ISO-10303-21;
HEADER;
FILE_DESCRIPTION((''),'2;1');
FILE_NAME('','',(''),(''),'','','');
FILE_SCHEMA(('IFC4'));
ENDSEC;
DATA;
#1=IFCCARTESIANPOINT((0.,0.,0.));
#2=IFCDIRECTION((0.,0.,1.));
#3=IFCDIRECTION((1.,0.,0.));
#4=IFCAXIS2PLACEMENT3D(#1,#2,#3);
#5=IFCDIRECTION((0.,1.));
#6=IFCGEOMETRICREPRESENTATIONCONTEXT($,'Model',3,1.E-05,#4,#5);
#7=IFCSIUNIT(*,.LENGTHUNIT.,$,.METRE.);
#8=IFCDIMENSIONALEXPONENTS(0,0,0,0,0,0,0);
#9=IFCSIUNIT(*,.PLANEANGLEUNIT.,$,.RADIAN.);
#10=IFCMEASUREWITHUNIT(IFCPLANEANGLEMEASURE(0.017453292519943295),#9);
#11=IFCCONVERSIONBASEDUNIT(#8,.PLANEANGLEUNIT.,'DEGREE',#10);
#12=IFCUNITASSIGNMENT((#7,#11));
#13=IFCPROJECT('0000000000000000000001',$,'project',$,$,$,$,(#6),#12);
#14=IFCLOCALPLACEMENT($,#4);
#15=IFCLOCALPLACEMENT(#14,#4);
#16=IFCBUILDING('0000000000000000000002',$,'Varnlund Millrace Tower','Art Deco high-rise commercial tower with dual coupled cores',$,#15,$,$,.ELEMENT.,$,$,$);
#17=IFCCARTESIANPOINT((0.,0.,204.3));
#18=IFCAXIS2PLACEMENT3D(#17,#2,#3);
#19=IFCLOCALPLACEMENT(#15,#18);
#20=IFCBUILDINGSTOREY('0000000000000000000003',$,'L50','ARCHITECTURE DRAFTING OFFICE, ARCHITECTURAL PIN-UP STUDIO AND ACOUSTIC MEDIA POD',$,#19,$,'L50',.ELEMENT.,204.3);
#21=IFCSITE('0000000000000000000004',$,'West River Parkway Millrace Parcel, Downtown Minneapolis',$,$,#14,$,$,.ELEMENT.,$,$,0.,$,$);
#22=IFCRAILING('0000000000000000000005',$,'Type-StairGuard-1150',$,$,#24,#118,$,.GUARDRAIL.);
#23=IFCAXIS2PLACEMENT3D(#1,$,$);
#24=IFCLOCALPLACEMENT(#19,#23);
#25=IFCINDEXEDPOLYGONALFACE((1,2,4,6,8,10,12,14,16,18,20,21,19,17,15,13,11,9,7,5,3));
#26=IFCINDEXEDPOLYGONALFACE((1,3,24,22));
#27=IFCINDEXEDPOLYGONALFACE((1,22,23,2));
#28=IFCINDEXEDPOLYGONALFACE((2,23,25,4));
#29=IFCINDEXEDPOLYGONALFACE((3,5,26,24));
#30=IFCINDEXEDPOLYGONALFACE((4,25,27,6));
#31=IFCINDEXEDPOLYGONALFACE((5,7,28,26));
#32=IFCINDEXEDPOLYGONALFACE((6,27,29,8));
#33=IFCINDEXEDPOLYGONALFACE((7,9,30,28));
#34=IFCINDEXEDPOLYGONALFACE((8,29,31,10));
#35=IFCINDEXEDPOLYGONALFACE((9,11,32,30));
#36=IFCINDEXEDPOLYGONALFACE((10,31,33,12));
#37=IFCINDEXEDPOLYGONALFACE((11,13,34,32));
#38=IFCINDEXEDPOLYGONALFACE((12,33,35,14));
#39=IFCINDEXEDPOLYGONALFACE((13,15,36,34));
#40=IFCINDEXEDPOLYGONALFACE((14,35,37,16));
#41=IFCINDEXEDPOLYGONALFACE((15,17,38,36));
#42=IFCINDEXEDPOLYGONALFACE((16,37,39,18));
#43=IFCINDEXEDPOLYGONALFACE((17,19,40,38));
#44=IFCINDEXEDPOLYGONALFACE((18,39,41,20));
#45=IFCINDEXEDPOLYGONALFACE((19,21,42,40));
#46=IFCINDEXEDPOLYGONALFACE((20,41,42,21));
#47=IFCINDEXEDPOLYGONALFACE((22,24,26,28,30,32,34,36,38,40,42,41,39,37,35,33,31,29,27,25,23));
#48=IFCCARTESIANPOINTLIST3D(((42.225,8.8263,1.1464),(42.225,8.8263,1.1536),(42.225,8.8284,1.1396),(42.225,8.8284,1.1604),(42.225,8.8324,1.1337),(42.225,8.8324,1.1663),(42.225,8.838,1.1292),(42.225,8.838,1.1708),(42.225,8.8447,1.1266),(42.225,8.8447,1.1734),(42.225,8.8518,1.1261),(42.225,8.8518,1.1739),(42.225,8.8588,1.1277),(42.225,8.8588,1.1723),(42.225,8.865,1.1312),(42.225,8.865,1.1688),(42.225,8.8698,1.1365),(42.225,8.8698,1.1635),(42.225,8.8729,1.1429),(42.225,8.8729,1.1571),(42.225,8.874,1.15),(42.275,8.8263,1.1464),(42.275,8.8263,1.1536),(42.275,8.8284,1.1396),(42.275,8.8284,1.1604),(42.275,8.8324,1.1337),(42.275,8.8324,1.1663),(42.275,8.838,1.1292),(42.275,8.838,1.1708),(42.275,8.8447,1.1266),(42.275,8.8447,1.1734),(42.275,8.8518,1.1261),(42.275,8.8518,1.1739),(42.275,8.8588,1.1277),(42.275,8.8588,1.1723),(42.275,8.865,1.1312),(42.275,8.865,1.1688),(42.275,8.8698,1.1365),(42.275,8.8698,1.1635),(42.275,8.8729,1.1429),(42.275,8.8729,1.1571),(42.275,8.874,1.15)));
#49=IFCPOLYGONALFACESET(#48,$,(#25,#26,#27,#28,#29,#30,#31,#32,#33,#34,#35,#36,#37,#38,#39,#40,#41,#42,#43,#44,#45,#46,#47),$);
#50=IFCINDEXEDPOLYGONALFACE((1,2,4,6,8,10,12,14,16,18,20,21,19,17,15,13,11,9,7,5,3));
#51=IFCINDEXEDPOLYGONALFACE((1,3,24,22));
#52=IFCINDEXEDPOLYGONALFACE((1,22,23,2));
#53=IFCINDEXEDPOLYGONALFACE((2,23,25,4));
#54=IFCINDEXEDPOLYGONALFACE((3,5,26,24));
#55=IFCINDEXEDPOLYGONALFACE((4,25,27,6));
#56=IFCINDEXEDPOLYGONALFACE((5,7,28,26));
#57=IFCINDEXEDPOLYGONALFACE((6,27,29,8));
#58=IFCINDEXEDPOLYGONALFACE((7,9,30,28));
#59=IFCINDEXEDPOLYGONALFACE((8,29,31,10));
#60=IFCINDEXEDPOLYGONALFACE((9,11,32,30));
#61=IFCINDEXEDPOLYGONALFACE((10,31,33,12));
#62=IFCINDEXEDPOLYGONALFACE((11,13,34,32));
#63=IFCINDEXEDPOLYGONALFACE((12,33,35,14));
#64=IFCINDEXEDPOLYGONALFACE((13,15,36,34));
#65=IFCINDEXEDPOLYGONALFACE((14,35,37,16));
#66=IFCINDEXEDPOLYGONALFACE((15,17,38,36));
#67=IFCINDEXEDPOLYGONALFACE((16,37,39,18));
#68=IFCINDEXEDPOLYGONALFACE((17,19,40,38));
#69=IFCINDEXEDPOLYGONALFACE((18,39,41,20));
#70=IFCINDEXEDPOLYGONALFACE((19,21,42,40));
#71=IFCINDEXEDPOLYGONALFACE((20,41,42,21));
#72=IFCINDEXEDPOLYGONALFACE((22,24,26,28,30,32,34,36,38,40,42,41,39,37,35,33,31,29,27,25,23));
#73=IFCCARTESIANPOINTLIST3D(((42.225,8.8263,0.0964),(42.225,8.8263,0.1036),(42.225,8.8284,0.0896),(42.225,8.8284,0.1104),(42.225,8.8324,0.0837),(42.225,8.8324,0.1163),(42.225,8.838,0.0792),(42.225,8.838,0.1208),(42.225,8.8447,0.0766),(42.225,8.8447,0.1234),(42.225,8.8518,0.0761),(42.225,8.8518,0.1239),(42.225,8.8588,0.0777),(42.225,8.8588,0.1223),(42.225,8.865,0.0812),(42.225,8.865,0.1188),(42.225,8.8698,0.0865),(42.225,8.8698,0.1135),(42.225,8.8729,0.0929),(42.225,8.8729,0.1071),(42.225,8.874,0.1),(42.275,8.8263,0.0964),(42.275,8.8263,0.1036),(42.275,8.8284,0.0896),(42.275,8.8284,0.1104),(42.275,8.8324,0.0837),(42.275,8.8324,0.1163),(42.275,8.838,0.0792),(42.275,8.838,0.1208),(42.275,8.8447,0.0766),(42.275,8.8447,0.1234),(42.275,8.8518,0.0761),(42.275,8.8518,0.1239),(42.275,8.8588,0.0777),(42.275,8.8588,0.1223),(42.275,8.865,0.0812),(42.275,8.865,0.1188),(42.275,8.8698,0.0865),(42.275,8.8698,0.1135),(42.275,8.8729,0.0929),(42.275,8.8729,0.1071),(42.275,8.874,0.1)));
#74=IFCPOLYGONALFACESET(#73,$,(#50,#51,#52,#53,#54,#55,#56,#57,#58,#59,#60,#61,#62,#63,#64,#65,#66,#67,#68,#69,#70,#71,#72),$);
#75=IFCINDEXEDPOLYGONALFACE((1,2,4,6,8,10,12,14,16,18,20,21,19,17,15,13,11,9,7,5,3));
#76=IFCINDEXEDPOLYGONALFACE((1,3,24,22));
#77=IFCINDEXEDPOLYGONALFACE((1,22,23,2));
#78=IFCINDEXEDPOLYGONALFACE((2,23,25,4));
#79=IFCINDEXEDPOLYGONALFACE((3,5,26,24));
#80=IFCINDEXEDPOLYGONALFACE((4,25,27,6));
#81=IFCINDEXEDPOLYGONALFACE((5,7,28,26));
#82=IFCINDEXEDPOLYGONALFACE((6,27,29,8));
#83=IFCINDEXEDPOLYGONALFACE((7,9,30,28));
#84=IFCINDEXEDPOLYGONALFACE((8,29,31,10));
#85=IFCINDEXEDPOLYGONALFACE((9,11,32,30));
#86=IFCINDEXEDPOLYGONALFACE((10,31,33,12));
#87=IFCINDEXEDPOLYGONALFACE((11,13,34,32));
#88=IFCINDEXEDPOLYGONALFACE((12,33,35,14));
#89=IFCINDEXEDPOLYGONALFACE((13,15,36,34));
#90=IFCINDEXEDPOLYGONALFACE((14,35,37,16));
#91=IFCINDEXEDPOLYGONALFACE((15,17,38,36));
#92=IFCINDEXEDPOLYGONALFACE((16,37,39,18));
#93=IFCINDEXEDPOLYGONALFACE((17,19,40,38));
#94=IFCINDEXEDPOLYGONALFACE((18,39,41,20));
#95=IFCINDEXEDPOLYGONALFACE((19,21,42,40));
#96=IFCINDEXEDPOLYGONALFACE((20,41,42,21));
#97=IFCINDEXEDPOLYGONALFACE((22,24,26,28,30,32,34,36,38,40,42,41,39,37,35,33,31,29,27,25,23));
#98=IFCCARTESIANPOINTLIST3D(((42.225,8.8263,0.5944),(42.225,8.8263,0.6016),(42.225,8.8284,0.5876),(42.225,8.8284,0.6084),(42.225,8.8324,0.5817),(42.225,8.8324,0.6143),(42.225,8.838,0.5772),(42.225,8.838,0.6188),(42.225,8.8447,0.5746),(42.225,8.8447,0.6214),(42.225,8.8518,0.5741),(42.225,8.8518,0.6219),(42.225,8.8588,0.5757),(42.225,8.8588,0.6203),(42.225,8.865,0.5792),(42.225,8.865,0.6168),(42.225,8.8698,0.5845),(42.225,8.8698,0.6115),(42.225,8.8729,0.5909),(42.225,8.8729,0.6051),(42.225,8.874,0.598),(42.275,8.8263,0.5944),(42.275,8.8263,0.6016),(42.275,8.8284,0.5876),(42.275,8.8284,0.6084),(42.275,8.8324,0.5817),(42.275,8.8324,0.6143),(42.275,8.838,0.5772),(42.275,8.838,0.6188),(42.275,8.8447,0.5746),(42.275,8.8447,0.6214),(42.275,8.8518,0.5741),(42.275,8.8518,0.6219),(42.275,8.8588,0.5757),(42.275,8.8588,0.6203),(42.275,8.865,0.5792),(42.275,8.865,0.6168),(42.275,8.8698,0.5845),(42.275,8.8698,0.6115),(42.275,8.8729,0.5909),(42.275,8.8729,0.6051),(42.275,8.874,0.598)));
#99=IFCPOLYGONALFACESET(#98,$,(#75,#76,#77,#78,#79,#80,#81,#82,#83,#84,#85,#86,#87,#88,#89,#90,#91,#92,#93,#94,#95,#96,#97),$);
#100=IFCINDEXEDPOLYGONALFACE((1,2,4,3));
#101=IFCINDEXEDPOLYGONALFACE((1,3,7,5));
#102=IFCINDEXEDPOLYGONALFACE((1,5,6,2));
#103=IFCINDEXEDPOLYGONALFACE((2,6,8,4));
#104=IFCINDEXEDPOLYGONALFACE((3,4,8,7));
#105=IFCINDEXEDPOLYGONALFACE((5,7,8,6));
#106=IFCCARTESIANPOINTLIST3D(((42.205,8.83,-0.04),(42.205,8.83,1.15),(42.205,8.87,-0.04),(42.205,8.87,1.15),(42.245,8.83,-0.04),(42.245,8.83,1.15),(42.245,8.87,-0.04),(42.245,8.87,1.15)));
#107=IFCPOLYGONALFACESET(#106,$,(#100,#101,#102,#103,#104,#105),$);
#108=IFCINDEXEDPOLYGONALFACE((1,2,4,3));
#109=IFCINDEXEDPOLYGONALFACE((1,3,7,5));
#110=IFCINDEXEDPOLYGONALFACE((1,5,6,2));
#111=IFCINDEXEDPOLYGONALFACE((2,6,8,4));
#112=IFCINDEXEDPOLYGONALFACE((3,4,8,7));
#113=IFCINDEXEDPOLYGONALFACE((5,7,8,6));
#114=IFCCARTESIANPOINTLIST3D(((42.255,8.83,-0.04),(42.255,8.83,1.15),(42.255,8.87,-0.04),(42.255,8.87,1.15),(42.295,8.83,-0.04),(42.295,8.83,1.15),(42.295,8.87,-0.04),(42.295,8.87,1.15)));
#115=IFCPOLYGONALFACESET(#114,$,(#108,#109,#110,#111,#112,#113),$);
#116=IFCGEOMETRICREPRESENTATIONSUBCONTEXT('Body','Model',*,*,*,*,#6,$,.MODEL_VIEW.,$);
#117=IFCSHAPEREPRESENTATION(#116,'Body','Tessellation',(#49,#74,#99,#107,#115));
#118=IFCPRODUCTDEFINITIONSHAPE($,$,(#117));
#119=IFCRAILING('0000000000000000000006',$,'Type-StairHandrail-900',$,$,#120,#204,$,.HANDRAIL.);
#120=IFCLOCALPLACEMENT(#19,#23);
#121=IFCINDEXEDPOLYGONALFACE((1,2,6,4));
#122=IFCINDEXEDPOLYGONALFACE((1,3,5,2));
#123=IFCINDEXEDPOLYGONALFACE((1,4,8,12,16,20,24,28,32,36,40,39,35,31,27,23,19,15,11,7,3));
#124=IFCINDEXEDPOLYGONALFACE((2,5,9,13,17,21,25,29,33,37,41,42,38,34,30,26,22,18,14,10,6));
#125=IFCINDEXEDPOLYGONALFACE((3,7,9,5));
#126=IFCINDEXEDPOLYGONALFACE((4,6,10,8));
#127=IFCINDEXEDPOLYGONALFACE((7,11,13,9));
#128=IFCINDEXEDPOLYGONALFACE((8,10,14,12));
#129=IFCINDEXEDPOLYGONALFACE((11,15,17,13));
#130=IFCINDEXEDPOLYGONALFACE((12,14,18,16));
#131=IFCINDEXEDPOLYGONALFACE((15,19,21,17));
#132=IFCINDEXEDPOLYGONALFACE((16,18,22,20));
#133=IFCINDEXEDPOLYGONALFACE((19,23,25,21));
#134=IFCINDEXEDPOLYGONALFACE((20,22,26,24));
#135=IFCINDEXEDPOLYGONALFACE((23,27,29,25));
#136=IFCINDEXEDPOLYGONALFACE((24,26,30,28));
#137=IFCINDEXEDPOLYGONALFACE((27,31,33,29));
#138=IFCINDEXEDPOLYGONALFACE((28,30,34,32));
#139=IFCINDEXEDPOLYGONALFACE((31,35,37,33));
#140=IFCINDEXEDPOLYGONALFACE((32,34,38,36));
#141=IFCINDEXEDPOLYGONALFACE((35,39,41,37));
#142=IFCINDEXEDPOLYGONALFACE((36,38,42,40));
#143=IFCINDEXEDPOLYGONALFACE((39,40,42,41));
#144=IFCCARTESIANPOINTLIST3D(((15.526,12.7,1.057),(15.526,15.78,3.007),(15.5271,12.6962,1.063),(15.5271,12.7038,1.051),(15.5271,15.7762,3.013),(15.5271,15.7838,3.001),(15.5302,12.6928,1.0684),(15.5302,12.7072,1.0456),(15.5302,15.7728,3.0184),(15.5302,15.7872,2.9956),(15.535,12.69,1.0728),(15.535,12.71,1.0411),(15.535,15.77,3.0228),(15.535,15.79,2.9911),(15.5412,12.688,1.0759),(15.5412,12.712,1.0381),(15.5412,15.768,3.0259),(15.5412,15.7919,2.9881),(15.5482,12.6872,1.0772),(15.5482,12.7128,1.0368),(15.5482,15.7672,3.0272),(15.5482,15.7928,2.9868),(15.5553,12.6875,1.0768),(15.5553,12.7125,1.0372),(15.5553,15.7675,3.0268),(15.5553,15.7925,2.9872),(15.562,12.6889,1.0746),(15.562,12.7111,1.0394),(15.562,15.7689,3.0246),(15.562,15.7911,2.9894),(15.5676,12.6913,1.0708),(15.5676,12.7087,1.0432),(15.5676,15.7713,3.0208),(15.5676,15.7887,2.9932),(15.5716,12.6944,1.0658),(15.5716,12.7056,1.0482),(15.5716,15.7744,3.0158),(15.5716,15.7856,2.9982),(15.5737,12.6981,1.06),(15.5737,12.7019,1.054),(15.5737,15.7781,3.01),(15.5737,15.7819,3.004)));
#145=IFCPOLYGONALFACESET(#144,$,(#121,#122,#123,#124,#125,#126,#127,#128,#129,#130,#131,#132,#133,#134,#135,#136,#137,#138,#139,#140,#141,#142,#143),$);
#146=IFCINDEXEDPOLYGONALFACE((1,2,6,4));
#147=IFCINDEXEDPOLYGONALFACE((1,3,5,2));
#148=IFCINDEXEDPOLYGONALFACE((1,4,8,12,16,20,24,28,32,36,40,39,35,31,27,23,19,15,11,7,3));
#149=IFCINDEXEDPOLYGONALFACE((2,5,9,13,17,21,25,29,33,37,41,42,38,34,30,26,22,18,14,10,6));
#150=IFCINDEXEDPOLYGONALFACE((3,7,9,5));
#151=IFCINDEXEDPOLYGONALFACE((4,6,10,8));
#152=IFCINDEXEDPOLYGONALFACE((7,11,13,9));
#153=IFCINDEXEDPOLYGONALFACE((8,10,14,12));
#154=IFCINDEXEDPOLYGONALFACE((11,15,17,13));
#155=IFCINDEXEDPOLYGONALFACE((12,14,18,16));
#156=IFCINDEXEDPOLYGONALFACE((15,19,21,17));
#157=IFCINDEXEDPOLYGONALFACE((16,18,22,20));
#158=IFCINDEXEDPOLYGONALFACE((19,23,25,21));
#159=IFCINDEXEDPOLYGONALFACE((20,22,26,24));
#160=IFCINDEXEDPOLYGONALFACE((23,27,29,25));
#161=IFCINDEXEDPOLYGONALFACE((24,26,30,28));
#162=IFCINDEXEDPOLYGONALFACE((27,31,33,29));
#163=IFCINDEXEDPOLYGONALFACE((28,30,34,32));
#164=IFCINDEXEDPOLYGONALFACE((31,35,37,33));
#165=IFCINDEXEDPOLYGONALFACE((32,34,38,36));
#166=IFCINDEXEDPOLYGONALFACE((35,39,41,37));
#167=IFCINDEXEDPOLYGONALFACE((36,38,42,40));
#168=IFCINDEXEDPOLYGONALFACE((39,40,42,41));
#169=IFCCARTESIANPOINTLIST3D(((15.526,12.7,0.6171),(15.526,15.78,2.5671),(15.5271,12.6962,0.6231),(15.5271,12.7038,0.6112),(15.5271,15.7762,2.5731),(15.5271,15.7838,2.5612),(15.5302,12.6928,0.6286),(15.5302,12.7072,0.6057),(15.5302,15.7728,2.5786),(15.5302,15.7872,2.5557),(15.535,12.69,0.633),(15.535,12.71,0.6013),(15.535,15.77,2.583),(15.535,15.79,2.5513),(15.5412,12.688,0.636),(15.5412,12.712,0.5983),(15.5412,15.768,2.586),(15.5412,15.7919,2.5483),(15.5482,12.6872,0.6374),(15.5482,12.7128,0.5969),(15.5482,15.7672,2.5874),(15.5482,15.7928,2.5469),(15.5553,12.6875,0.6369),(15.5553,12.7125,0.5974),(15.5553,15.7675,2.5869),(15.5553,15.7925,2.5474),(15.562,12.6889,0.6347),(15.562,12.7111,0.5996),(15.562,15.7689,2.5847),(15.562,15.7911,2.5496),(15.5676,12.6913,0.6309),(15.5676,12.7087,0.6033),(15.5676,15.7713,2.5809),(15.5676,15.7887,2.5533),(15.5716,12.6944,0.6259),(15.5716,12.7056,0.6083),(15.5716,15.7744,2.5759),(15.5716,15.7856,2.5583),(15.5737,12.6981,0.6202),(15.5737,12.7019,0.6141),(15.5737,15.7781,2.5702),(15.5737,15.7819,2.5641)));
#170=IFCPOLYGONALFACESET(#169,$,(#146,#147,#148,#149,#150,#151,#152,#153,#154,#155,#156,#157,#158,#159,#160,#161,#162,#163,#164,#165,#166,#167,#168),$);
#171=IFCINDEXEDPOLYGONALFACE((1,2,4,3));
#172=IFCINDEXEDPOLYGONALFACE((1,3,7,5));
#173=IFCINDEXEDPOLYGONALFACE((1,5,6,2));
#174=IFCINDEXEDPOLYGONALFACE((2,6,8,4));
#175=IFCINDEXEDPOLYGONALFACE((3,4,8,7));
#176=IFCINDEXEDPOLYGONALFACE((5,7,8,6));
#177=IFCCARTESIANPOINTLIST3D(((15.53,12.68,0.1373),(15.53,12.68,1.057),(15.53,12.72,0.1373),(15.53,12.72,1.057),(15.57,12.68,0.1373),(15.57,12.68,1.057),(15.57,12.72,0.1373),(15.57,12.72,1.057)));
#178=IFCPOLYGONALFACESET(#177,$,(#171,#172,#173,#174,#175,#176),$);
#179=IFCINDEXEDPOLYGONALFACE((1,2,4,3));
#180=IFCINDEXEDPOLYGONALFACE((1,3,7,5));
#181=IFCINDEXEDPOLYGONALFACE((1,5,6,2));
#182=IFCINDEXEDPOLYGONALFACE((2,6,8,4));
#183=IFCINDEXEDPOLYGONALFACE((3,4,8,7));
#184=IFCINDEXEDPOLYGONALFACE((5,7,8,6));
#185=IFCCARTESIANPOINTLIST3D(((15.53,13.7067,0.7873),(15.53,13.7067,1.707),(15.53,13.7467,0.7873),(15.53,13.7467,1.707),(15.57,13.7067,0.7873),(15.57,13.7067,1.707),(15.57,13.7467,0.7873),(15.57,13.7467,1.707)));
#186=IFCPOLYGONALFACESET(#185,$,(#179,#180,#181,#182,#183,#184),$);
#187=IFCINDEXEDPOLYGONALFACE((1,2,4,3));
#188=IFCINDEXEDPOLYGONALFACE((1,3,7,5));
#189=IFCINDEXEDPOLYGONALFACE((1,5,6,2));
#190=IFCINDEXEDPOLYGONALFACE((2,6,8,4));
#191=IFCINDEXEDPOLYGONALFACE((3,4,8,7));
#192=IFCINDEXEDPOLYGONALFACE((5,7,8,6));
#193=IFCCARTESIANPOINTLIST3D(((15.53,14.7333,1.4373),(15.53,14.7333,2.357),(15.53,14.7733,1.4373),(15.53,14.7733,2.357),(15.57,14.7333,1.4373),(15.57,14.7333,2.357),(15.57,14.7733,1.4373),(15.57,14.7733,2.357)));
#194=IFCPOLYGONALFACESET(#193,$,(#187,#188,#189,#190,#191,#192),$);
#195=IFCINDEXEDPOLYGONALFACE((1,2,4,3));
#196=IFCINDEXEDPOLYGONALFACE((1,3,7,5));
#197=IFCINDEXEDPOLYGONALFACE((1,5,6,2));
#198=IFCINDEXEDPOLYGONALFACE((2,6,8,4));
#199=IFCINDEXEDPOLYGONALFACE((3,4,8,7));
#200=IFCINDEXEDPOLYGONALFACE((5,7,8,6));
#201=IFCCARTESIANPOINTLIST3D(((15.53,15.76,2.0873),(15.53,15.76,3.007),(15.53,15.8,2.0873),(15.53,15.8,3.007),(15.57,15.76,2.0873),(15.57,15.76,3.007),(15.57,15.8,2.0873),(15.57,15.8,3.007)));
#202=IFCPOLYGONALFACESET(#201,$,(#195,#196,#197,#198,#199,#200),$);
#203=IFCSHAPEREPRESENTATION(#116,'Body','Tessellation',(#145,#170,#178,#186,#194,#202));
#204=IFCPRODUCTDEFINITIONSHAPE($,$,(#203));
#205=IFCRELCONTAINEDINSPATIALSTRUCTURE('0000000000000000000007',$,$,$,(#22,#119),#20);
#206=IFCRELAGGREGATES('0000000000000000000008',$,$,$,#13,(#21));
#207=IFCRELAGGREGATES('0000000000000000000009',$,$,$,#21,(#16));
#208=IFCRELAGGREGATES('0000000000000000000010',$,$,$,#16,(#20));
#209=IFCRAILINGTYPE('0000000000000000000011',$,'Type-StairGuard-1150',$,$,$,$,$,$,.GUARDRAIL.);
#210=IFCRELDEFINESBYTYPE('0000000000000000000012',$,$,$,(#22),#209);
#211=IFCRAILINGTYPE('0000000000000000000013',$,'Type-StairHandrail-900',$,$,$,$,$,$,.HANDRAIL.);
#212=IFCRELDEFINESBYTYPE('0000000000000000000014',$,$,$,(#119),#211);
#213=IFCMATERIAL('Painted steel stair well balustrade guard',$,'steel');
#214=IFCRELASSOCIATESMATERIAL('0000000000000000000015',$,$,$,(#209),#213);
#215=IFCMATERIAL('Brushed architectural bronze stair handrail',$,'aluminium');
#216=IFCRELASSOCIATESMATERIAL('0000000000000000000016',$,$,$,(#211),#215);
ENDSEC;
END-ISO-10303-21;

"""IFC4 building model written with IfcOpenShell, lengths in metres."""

from ifc_helpers import new_model, entity, si_unit, converted_unit, direction, frame, origin_with_axes, origin_2d_with_axis, place, context, subcontext, project, spatial, rectangle, circle, extrude, material, type_object, element, save


model = new_model("IFC4")

# Units and contexts
model_context = context("Model", 3, precision=1e-05, world=origin_with_axes(), true_north=direction((0.0, 1.0)))
body_context = subcontext(model_context, "Body", "Model", "MODEL_VIEW")
ifc_project = project(units=[si_unit("LENGTHUNIT", "METRE"), converted_unit("PLANEANGLEUNIT", "DEGREE", entity("IfcPlaneAngleMeasure", 0.017453292519943295), si_unit("PLANEANGLEUNIT", "RADIAN"), dimensions=[0, 0, 0, 0, 0, 0, 0])], contexts=[model_context])

# Site, building, storey
site_placement = place(None, origin_with_axes())
site = spatial("IfcSite", under=ifc_project, at=site_placement, Name="West River Parkway Millrace Parcel, Downtown Minneapolis", CompositionType="ELEMENT", RefElevation=0.0)
building_placement = place(site_placement, origin_with_axes())
building = spatial("IfcBuilding", under=site, at=building_placement, Name="Varnlund Millrace Tower", Description="Art Deco high-rise commercial tower with dual coupled cores", CompositionType="ELEMENT")
storey_placement = place(building_placement, frame((0.0, 0.0, 204.3), z_axis=(0.0, 0.0, 1.0), x_axis=(1.0, 0.0, 0.0)))
storey = spatial("IfcBuildingStorey", under=building, at=storey_placement, Name="L50", Description="ARCHITECTURE DRAFTING OFFICE, ARCHITECTURAL PIN-UP STUDIO AND ACOUSTIC MEDIA POD", LongName="L50", CompositionType="ELEMENT", Elevation=204.3)

# Railings
ifc_material_1 = material(Name="Painted steel stair well balustrade guard", Category="steel")
railing_type_1 = type_object("IfcRailingType", Name="Type-StairGuard-1150", PredefinedType="GUARDRAIL", material=ifc_material_1)
railing_1_placement = place(storey_placement, frame((0.0, 0.0, -204.3), z_axis=(0.0, 0.0, 1.0), x_axis=(1.0, 0.0, 0.0)))
element("IfcRailing", 1, at=railing_1_placement, inside=storey, type_object=railing_type_1, Name="Type-StairGuard-1150", PredefinedType="GUARDRAIL", context=body_context, shape_type="SweptSolid", body=[
    extrude(circle(Radius=0.024, at=origin_2d_with_axis()), frame((42.225, 8.85, 205.45), z_axis=(1.0, 0.0, 0.0), x_axis=(0.0, 1.0, 0.0)), (0.0, 0.0, 1.0), 0.05),
    extrude(circle(Radius=0.024, at=origin_2d_with_axis()), frame((42.225, 8.85, 204.4), z_axis=(1.0, 0.0, 0.0), x_axis=(0.0, 1.0, 0.0)), (0.0, 0.0, 1.0), 0.05),
    extrude(circle(Radius=0.024, at=origin_2d_with_axis()), frame((42.225, 8.85, 204.898), z_axis=(1.0, 0.0, 0.0), x_axis=(0.0, 1.0, 0.0)), (0.0, 0.0, 1.0), 0.05),
    extrude(rectangle(XDim=0.04, YDim=0.04, at=origin_2d_with_axis()), frame((42.225, 8.85, 204.26), z_axis=(0.0, 0.0, 1.0), x_axis=(1.0, 0.0, 0.0)), (0.0, 0.0, 1.0), 1.19),
    extrude(rectangle(XDim=0.04, YDim=0.04, at=origin_2d_with_axis()), frame((42.275, 8.85, 204.26), z_axis=(0.0, 0.0, 1.0), x_axis=(1.0, 0.0, 0.0)), (0.0, 0.0, 1.0), 1.19),
])
ifc_material_2 = material(Name="Brushed architectural bronze stair handrail", Category="aluminium")
railing_type_2 = type_object("IfcRailingType", Name="Type-StairHandrail-900", PredefinedType="HANDRAIL", material=ifc_material_2)
railing_2_placement = place(storey_placement, frame((0.0, 0.0, -204.3), z_axis=(0.0, 0.0, 1.0), x_axis=(1.0, 0.0, 0.0)))
element("IfcRailing", 2, at=railing_2_placement, inside=storey, type_object=railing_type_2, Name="Type-StairHandrail-900", PredefinedType="HANDRAIL", context=body_context, shape_type="SweptSolid", body=[
    extrude(circle(Radius=0.024, at=origin_2d_with_axis()), frame((15.55, 12.7, 205.357), z_axis=(0.0, 0.844902, 0.534922), x_axis=(-1.0, 0.0, 0.0)), (0.0, 0.0, 1.0), 3.6454),
    extrude(circle(Radius=0.024, at=origin_2d_with_axis()), frame((15.55, 12.7, 204.9171), z_axis=(0.0, 0.844902, 0.534922), x_axis=(-1.0, 0.0, 0.0)), (0.0, 0.0, 1.0), 3.6454),
    extrude(rectangle(XDim=0.04, YDim=0.04, at=origin_2d_with_axis()), frame((15.55, 12.7, 204.4373), z_axis=(0.0, 0.0, 1.0), x_axis=(1.0, 0.0, 0.0)), (0.0, 0.0, 1.0), 0.9197),
    extrude(rectangle(XDim=0.04, YDim=0.04, at=origin_2d_with_axis()), frame((15.55, 13.7267, 205.0873), z_axis=(0.0, 0.0, 1.0), x_axis=(1.0, 0.0, 0.0)), (0.0, 0.0, 1.0), 0.9197),
    extrude(rectangle(XDim=0.04, YDim=0.04, at=origin_2d_with_axis()), frame((15.55, 14.7533, 205.7373), z_axis=(0.0, 0.0, 1.0), x_axis=(1.0, 0.0, 0.0)), (0.0, 0.0, 1.0), 0.9197),
    extrude(rectangle(XDim=0.04, YDim=0.04, at=origin_2d_with_axis()), frame((15.55, 15.78, 206.3873), z_axis=(0.0, 0.0, 1.0), x_axis=(1.0, 0.0, 0.0)), (0.0, 0.0, 1.0), 0.9197),
])

save(model, "model.ifc")
